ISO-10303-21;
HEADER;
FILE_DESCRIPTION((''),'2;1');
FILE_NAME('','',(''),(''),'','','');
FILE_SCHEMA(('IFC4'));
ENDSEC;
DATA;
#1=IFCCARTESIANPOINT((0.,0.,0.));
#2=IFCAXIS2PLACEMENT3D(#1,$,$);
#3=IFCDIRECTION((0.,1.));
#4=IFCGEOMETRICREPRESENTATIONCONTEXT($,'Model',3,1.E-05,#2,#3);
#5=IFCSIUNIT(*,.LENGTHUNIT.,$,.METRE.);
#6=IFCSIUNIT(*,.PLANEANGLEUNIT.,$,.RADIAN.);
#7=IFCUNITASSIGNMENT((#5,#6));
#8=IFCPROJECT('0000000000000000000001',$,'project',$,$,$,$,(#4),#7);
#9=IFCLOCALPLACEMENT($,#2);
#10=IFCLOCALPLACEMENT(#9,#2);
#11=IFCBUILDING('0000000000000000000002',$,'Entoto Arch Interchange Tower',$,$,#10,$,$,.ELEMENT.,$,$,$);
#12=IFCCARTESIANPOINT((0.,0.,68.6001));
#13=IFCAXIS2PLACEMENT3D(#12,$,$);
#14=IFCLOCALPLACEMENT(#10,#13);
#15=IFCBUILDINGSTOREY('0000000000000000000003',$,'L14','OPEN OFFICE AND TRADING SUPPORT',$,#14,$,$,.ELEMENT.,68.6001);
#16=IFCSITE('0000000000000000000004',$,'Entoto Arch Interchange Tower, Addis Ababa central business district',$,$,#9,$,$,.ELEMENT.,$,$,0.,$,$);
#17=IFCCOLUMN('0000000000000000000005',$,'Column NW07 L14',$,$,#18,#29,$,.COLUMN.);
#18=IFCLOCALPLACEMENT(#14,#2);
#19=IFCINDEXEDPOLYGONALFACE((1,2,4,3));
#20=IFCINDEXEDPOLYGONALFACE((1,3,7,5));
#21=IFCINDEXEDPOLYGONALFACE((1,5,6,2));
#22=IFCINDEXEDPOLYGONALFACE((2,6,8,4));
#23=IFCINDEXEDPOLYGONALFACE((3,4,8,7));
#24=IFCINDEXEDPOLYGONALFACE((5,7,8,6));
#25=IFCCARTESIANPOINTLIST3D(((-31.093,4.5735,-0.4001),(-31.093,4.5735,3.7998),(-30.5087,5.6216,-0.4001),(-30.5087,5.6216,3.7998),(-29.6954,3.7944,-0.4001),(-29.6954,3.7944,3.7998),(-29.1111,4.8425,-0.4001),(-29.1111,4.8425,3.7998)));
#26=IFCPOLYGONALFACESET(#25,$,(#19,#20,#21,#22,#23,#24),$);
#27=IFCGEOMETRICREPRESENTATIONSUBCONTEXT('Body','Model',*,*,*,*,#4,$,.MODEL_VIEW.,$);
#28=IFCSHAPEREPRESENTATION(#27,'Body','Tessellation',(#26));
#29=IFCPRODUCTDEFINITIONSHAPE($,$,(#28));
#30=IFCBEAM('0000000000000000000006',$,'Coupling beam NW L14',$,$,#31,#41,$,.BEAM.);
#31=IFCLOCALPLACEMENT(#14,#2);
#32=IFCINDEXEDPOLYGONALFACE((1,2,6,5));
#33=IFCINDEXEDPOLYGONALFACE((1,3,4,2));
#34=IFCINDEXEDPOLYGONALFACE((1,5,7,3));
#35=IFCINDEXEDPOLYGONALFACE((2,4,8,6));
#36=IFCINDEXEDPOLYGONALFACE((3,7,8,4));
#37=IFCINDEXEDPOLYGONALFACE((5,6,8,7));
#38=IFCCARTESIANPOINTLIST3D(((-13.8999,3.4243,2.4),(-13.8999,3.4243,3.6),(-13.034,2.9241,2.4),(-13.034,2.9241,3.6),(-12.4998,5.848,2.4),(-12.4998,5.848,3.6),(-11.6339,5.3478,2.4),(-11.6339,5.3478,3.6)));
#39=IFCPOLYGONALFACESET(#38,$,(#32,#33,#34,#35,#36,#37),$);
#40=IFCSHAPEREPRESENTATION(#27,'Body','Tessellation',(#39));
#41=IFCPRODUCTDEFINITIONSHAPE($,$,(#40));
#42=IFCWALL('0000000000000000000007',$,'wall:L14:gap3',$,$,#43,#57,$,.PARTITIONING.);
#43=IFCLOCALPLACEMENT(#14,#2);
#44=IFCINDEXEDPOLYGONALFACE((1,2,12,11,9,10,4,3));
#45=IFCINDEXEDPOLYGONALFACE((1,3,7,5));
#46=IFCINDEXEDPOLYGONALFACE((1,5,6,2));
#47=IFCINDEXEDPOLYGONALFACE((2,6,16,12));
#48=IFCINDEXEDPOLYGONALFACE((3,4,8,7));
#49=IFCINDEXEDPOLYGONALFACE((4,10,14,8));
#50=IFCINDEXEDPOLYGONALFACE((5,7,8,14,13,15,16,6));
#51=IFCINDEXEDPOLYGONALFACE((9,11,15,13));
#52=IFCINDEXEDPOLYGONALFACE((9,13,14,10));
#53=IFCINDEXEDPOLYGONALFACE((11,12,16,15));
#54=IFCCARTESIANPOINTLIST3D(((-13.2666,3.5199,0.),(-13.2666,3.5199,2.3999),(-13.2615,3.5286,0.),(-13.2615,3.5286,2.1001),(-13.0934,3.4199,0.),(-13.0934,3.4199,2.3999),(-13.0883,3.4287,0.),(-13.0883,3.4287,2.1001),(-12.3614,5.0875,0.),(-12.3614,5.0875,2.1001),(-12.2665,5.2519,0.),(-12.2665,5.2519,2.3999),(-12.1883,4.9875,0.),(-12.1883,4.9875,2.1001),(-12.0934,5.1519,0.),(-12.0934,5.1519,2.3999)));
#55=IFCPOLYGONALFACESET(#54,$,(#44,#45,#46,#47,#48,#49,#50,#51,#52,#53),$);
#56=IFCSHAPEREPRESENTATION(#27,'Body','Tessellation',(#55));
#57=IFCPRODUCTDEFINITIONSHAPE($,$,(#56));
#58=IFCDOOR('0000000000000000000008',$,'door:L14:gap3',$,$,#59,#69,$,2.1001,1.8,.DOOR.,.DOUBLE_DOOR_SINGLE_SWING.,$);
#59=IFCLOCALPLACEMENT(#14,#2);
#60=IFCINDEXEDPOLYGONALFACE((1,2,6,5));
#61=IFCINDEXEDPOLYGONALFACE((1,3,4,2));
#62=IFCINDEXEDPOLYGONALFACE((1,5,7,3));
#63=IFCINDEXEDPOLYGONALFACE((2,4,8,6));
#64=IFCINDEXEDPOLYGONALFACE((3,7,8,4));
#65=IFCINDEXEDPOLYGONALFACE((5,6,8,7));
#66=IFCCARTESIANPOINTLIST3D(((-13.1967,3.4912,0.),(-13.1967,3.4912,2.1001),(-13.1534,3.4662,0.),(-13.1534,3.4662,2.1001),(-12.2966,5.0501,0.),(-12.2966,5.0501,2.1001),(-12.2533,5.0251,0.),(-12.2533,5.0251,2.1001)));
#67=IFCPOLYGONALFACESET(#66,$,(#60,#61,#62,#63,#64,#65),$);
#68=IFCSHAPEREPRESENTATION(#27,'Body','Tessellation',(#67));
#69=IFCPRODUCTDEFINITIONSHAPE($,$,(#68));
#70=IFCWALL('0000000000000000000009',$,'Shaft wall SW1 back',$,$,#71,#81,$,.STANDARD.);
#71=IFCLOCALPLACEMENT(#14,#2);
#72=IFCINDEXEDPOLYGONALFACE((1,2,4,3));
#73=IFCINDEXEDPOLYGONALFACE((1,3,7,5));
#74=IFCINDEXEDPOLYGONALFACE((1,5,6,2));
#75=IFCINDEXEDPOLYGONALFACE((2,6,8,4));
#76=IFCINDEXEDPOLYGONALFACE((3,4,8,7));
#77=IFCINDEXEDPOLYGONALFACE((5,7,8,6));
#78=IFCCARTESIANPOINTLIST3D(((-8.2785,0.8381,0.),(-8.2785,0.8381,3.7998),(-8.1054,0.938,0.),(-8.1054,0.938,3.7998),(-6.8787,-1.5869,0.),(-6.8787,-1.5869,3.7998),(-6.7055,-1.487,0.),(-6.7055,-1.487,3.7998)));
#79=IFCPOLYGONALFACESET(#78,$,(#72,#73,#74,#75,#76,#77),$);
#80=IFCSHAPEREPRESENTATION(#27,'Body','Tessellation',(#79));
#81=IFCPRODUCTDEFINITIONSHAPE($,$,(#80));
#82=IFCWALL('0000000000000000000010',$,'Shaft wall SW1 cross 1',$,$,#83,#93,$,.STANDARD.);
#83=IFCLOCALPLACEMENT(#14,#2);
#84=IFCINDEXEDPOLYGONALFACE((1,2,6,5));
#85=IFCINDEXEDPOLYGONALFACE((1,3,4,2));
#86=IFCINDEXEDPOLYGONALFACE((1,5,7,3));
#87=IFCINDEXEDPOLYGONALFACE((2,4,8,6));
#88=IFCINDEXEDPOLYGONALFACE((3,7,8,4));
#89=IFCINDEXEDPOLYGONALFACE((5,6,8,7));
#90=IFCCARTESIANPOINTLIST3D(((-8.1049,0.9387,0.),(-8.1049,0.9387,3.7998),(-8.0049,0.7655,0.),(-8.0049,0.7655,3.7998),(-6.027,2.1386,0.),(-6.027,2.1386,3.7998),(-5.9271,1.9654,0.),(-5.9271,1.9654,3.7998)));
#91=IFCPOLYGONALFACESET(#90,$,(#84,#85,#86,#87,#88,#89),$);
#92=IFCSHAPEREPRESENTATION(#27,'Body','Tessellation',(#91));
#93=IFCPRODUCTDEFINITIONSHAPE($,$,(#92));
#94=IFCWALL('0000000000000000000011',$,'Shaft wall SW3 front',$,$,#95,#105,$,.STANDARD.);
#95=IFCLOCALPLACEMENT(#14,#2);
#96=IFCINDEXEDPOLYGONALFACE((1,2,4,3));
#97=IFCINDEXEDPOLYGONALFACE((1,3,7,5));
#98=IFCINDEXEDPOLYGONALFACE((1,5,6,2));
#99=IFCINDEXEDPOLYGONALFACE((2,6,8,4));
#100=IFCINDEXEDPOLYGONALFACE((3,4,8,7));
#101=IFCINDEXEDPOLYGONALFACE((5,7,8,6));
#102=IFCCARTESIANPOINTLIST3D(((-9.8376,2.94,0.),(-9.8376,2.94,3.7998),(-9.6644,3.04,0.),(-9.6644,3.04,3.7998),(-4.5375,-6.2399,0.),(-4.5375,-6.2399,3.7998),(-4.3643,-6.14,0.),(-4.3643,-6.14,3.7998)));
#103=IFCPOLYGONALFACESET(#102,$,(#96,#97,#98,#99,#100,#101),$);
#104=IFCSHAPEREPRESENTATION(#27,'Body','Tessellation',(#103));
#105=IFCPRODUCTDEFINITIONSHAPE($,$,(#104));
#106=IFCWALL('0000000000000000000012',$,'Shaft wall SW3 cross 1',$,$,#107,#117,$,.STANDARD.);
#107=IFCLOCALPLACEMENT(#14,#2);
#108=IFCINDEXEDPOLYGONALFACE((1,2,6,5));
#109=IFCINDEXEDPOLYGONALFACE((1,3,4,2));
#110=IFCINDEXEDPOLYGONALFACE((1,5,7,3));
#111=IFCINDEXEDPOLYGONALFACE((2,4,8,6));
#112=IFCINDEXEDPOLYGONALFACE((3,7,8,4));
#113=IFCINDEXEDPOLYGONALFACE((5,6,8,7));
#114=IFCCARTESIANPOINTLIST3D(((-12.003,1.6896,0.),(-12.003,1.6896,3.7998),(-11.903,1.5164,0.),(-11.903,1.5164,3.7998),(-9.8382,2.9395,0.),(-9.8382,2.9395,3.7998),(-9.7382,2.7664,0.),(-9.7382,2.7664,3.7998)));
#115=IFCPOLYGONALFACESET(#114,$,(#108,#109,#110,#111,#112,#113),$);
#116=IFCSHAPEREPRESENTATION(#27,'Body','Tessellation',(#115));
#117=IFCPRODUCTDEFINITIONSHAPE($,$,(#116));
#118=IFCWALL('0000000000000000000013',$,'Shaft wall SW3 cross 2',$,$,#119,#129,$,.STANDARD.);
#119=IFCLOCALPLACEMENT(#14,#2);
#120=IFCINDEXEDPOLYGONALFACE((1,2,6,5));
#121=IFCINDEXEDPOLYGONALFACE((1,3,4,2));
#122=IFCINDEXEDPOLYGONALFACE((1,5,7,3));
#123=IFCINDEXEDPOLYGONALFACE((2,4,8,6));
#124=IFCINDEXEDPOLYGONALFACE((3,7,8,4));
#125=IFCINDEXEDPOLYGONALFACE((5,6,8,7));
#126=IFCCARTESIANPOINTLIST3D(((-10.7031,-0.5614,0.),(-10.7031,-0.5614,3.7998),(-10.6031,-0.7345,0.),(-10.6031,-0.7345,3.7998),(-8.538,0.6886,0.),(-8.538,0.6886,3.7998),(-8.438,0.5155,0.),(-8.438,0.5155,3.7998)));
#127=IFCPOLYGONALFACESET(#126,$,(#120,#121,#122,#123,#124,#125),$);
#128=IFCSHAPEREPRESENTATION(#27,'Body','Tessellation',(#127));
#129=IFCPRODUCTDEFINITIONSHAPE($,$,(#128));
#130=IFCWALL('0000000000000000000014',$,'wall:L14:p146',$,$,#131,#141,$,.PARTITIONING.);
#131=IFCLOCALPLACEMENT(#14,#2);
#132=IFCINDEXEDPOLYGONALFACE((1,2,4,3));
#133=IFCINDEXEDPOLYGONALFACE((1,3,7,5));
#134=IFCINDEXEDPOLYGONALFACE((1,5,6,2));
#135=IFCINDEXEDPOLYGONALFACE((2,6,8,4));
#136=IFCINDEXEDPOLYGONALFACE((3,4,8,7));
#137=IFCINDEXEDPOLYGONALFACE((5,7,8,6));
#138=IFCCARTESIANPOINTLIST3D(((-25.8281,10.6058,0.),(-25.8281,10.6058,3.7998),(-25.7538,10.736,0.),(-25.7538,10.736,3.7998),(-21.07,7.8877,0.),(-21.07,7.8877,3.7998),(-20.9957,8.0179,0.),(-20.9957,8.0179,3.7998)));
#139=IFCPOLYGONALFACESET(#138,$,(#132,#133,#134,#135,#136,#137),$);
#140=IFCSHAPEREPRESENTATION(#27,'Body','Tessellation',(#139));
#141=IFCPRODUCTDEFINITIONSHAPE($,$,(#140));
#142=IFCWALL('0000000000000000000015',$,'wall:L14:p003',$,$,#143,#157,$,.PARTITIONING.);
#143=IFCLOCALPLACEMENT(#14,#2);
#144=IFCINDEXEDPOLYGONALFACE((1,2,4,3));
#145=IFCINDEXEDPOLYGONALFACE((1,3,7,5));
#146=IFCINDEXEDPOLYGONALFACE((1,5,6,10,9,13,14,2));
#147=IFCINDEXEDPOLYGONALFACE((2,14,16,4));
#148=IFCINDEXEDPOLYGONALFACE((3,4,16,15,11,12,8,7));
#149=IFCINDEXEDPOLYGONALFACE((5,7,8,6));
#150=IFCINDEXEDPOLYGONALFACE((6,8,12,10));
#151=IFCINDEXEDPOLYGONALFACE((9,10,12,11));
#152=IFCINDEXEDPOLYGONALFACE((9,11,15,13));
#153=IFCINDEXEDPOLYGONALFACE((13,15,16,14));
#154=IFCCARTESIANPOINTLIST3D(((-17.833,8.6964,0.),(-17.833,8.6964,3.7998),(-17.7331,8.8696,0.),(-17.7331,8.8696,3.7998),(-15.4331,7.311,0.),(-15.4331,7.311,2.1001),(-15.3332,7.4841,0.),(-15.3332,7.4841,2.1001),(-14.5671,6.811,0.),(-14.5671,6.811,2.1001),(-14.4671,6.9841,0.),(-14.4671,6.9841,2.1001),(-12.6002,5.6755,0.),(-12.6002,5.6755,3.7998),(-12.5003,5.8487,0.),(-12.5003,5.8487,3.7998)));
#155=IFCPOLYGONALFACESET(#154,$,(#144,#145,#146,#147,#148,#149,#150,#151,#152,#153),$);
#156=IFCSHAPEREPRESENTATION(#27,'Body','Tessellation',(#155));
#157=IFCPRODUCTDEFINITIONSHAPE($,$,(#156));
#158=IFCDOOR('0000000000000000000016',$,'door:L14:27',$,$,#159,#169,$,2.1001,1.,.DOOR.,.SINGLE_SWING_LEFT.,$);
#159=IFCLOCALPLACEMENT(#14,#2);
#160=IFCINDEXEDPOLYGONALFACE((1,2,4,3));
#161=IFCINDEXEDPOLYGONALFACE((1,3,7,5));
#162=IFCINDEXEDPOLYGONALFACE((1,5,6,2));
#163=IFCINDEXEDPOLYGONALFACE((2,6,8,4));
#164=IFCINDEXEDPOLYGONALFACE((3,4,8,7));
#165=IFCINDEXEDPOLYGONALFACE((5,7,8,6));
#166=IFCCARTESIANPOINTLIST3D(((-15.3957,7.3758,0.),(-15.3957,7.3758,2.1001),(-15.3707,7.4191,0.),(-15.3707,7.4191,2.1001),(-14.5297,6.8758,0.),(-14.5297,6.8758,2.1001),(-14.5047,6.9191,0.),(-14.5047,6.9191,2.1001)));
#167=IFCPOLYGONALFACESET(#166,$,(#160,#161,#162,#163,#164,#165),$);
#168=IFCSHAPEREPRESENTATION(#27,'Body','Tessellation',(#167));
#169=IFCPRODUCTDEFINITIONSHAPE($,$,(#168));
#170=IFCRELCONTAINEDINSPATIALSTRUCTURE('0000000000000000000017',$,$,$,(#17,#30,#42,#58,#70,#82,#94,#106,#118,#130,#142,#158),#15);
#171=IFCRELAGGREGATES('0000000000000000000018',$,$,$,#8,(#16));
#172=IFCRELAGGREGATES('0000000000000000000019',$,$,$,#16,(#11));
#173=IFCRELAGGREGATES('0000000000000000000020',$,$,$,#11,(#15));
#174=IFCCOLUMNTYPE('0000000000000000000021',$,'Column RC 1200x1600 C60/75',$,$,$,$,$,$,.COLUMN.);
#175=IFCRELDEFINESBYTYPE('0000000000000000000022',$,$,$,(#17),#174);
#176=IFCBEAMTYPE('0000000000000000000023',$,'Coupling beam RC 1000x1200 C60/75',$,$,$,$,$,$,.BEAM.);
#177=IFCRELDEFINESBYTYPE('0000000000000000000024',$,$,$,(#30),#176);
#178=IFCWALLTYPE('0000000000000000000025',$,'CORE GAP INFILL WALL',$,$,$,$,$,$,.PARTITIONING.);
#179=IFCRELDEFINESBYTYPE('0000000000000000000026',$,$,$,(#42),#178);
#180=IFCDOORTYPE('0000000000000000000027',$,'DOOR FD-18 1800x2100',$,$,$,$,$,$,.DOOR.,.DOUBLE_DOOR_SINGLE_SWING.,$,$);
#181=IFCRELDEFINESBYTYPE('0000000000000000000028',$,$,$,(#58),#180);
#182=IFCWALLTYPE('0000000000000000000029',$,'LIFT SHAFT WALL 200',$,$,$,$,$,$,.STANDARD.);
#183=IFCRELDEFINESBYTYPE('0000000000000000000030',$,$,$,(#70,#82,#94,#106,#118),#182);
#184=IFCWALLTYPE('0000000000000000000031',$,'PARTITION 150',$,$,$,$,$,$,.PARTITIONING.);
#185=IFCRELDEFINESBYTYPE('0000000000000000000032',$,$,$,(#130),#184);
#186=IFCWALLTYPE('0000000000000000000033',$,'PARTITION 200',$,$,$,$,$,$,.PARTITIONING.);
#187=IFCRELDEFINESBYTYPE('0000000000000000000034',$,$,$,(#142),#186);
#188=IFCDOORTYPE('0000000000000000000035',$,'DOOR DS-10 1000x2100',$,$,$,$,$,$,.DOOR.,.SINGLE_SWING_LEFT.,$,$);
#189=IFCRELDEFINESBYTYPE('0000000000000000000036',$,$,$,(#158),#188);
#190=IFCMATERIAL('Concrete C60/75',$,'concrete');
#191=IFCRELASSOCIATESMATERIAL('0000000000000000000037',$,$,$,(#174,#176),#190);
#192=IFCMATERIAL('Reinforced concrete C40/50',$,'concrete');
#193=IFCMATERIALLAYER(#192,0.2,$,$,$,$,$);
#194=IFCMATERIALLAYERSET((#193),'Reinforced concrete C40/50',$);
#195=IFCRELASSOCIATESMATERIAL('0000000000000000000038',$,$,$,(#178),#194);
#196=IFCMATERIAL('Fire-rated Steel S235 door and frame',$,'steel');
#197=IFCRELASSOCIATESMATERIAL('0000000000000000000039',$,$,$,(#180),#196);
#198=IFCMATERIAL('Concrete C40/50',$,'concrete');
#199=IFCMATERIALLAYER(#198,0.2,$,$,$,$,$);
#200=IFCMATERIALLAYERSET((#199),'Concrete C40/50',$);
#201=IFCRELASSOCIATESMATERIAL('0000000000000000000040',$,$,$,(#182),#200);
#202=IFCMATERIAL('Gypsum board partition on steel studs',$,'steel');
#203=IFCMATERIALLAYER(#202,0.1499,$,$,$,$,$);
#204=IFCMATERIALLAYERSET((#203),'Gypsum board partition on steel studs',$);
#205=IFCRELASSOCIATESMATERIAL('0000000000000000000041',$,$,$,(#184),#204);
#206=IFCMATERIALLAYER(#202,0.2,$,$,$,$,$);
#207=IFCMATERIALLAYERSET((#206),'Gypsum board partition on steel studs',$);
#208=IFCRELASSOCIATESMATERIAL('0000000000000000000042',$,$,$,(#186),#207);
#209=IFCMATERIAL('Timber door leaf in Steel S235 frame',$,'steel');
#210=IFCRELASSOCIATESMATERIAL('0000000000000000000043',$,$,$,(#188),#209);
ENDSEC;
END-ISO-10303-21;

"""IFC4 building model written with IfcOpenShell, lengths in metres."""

from ifc_helpers import new_model, si_unit, direction, frame, frame_2d, origin, origin_2d, place, context, subcontext, project, spatial, rectangle, extrude, material, layer, layer_set, material_profile, profile_set, type_object, element, fill, save


model = new_model("IFC4")

# Units and contexts
model_context = context("Model", 3, precision=1e-05, world=origin(), true_north=direction((0.0, 1.0)))
body_context = subcontext(model_context, "Body", "Model", "MODEL_VIEW")
ifc_project = project(units=[si_unit("LENGTHUNIT", "METRE"), si_unit("PLANEANGLEUNIT", "RADIAN")], contexts=[model_context])

# Site, building, storey
site_placement = place(None, origin())
site = spatial("IfcSite", under=ifc_project, at=site_placement, Name="Entoto Arch Interchange Tower, Addis Ababa central business district", CompositionType="ELEMENT", RefElevation=0.0)
building_placement = place(site_placement, origin())
building = spatial("IfcBuilding", under=site, at=building_placement, Name="Entoto Arch Interchange Tower", CompositionType="ELEMENT")
storey_placement = place(building_placement, frame((0.0, 0.0, 68.6001)))
storey = spatial("IfcBuildingStorey", under=building, at=storey_placement, Name="L14", Description="OPEN OFFICE AND TRADING SUPPORT", CompositionType="ELEMENT", Elevation=68.6001)

# Column
ifc_material_1 = material(Name="Concrete C60/75", Category="concrete")
ifc_material_profile_1 = material_profile(ifc_material_1, rectangle(XDim=1.2, YDim=1.6001, at=origin_2d()))
ifc_profile_set_1 = profile_set([ifc_material_profile_1], Name="Concrete C60/75")
column_type = type_object("IfcColumnType", Name="Column RC 1200x1600 C60/75", PredefinedType="COLUMN", material=ifc_profile_set_1)
column_placement = place(storey_placement, frame((-30.1021, 4.708, -0.4001), z_axis=(0.0, 0.0, 1.0), x_axis=(0.486915, 0.873449, 0.0)))
element("IfcColumn", 1, at=column_placement, inside=storey, type_object=column_type, Name="Column NW07 L14", PredefinedType="COLUMN", context=body_context, shape_type="SweptSolid", body=[
    extrude(rectangle(XDim=1.2, YDim=1.6001, at=origin_2d()), origin(), (0.0, 0.0, 1.0), 4.2),
])

# Beam
ifc_material_profile_2 = material_profile(ifc_material_1, rectangle(XDim=1.0, YDim=1.2, at=origin_2d()))
ifc_profile_set_2 = profile_set([ifc_material_profile_2], Name="Concrete C60/75")
beam_type = type_object("IfcBeamType", Name="Coupling beam RC 1000x1200 C60/75", PredefinedType="BEAM", material=ifc_profile_set_2)
beam_placement = place(storey_placement, frame((-12.0669, 5.5979, 3.0), z_axis=(-0.500201, -0.86591, 0.0), x_axis=(0.86591, -0.500201, 0.0)))
element("IfcBeam", 2, at=beam_placement, inside=storey, type_object=beam_type, Name="Coupling beam NW L14", PredefinedType="BEAM", context=body_context, shape_type="SweptSolid", body=[
    extrude(rectangle(XDim=1.0, YDim=1.2, at=origin_2d()), origin(), (0.0, 0.0, 1.0), 2.7991),
])

# Wall, opening, door
ifc_material_2 = material(Name="Reinforced concrete C40/50", Category="concrete")
ifc_layer_1 = layer(ifc_material_2, 0.2)
ifc_layer_set_1 = layer_set([ifc_layer_1], Name="Reinforced concrete C40/50")
wall_type_1 = type_object("IfcWallType", Name="CORE GAP INFILL WALL", PredefinedType="PARTITIONING", material=ifc_layer_set_1)
wall_1_placement = place(storey_placement, frame((-12.1799, 5.2019, 0.0), z_axis=(0.0, 0.0, 1.0), x_axis=(-0.500025, -0.866011, 0.0)))
wall_1 = element("IfcWall", 3, at=wall_1_placement, inside=storey, type_object=wall_type_1, Name="wall:L14:gap3", PredefinedType="PARTITIONING", context=body_context, shape_type="SweptSolid", body=[
    extrude(rectangle(XDim=2.0, YDim=0.2, at=frame_2d((1.0, 0.0))), origin(), (0.0, 0.0, 1.0), 2.3999),
])
opening_1_placement = place(wall_1_placement, frame((0.1899, 0.0, 0.0)))
opening_1 = element("IfcOpeningElement", 4, at=opening_1_placement, cuts=wall_1, PredefinedType="OPENING", context=body_context, shape_type="SweptSolid", body=[
    extrude(rectangle(XDim=1.8, YDim=2.1001, at=frame_2d((0.8999, 1.05))), frame((0.0, 0.1099, 0.0), z_axis=(0.0, -1.0, 0.0), x_axis=(1.0, 0.0, 0.0)), (0.0, 0.0, 1.0), 0.22),
])
ifc_material_3 = material(Name="Fire-rated Steel S235 door and frame", Category="steel")
door_type_1 = type_object("IfcDoorType", Name="DOOR FD-18 1800x2100", OperationType="DOUBLE_DOOR_SINGLE_SWING", PredefinedType="DOOR", material=ifc_material_3)
door_1_placement = place(opening_1_placement, origin())
door_1 = element("IfcDoor", 5, at=door_1_placement, inside=storey, type_object=door_type_1, Name="door:L14:gap3", OperationType="DOUBLE_DOOR_SINGLE_SWING", OverallHeight=2.1001, OverallWidth=1.8, PredefinedType="DOOR", context=body_context, shape_type="SweptSolid", body=[
    extrude(rectangle(XDim=1.8, YDim=2.1001, at=frame_2d((0.8999, 1.05))), frame((0.0, 0.0249, 0.0), z_axis=(0.0, -1.0, 0.0), x_axis=(1.0, 0.0, 0.0)), (0.0, 0.0, 1.0), 0.05),
])
fill(opening_1, door_1)

# Walls
ifc_material_4 = material(Name="Concrete C40/50", Category="concrete")
ifc_layer_2 = layer(ifc_material_4, 0.2)
ifc_layer_set_2 = layer_set([ifc_layer_2], Name="Concrete C40/50")
wall_type_2 = type_object("IfcWallType", Name="LIFT SHAFT WALL 200", PredefinedType="STANDARD", material=ifc_layer_set_2)
wall_2_placement = place(storey_placement, frame((-8.1919, 0.8879, 0.0), z_axis=(0.0, 0.0, 1.0), x_axis=(0.499946, -0.866056, 0.0)))
element("IfcWall", 6, at=wall_2_placement, inside=storey, type_object=wall_type_2, Name="Shaft wall SW1 back", PredefinedType="STANDARD", context=body_context, shape_type="SweptSolid", body=[
    extrude(rectangle(XDim=2.8, YDim=0.2, at=frame_2d((1.3999, 0.0))), origin(), (0.0, 0.0, 1.0), 3.7998),
])
wall_3_placement = place(storey_placement, frame((-5.9771, 2.052, 0.0), z_axis=(0.0, 0.0, 1.0), x_axis=(-0.865974, -0.500089, 0.0)))
element("IfcWall", 7, at=wall_3_placement, inside=storey, type_object=wall_type_2, Name="Shaft wall SW1 cross 1", PredefinedType="STANDARD", context=body_context, shape_type="SweptSolid", body=[
    extrude(rectangle(XDim=2.3994, YDim=0.2, at=frame_2d((1.1997, 0.0))), origin(), (0.0, 0.0, 1.0), 3.7998),
])
wall_4_placement = place(storey_placement, frame((-9.751, 2.99, 0.0), z_axis=(0.0, 0.0, 1.0), x_axis=(0.500001, -0.866025, 0.0)))
element("IfcWall", 8, at=wall_4_placement, inside=storey, type_object=wall_type_2, Name="Shaft wall SW3 front", PredefinedType="STANDARD", context=body_context, shape_type="SweptSolid", body=[
    extrude(rectangle(XDim=10.6001, YDim=0.2, at=frame_2d((5.3, 0.0))), origin(), (0.0, 0.0, 1.0), 3.7998),
])
wall_5_placement = place(storey_placement, frame((-9.7881, 2.853, 0.0), z_axis=(0.0, 0.0, 1.0), x_axis=(-0.865999, -0.500047, 0.0)))
element("IfcWall", 9, at=wall_5_placement, inside=storey, type_object=wall_type_2, Name="Shaft wall SW3 cross 1", PredefinedType="STANDARD", context=body_context, shape_type="SweptSolid", body=[
    extrude(rectangle(XDim=2.4998, YDim=0.2, at=frame_2d((1.25, 0.0))), origin(), (0.0, 0.0, 1.0), 3.7998),
])
wall_6_placement = place(storey_placement, frame((-8.488, 0.6021, 0.0), z_axis=(0.0, 0.0, 1.0), x_axis=(-0.866023, -0.500004, 0.0)))
element("IfcWall", 10, at=wall_6_placement, inside=storey, type_object=wall_type_2, Name="Shaft wall SW3 cross 2", PredefinedType="STANDARD", context=body_context, shape_type="SweptSolid", body=[
    extrude(rectangle(XDim=2.5, YDim=0.2, at=frame_2d((1.25, 0.0))), origin(), (0.0, 0.0, 1.0), 3.7998),
])
ifc_material_5 = material(Name="Gypsum board partition on steel studs", Category="steel")
ifc_layer_3 = layer(ifc_material_5, 0.1499)
ifc_layer_set_3 = layer_set([ifc_layer_3], Name="Gypsum board partition on steel studs")
wall_type_3 = type_object("IfcWallType", Name="PARTITION 150", PredefinedType="PARTITIONING", material=ifc_layer_set_3)
wall_7_placement = place(storey_placement, frame((-21.033, 7.9529, 0.0), z_axis=(0.0, 0.0, 1.0), x_axis=(-0.868312, 0.496019, 0.0)))
element("IfcWall", 11, at=wall_7_placement, inside=storey, type_object=wall_type_3, Name="wall:L14:p146", PredefinedType="PARTITIONING", context=body_context, shape_type="SweptSolid", body=[
    extrude(rectangle(XDim=5.4797, YDim=0.1499, at=frame_2d((2.7397, 0.0))), origin(), (0.0, 0.0, 1.0), 3.7998),
])

# Wall, opening, door
ifc_layer_4 = layer(ifc_material_5, 0.2)
ifc_layer_set_4 = layer_set([ifc_layer_4], Name="Gypsum board partition on steel studs")
wall_type_4 = type_object("IfcWallType", Name="PARTITION 200", PredefinedType="PARTITIONING", material=ifc_layer_set_4)
wall_8_placement = place(storey_placement, frame((-17.783, 8.783, 0.0), z_axis=(0.0, 0.0, 1.0), x_axis=(0.866042, -0.499972, 0.0)))
wall_8 = element("IfcWall", 12, at=wall_8_placement, inside=storey, type_object=wall_type_4, Name="wall:L14:p003", PredefinedType="PARTITIONING", context=body_context, shape_type="SweptSolid", body=[
    extrude(rectangle(XDim=6.0422, YDim=0.2, at=frame_2d((3.021, 0.0))), origin(), (0.0, 0.0, 1.0), 3.7998),
])
opening_2_placement = place(wall_8_placement, frame((2.771, 0.0, 0.0)))
opening_2 = element("IfcOpeningElement", 13, at=opening_2_placement, cuts=wall_8, PredefinedType="OPENING", context=body_context, shape_type="SweptSolid", body=[
    extrude(rectangle(XDim=1.0, YDim=2.1001, at=frame_2d((0.5, 1.05))), frame((0.0, 0.1099, 0.0), z_axis=(0.0, -1.0, 0.0), x_axis=(1.0, 0.0, 0.0)), (0.0, 0.0, 1.0), 0.22),
])
ifc_material_6 = material(Name="Timber door leaf in Steel S235 frame", Category="steel")
door_type_2 = type_object("IfcDoorType", Name="DOOR DS-10 1000x2100", OperationType="SINGLE_SWING_LEFT", PredefinedType="DOOR", material=ifc_material_6)
door_2_placement = place(opening_2_placement, origin())
door_2 = element("IfcDoor", 14, at=door_2_placement, inside=storey, type_object=door_type_2, Name="door:L14:27", OperationType="SINGLE_SWING_LEFT", OverallHeight=2.1001, OverallWidth=1.0, PredefinedType="DOOR", context=body_context, shape_type="SweptSolid", body=[
    extrude(rectangle(XDim=1.0, YDim=2.1001, at=frame_2d((0.5, 1.05))), frame((0.0, 0.0249, 0.0), z_axis=(0.0, -1.0, 0.0), x_axis=(1.0, 0.0, 0.0)), (0.0, 0.0, 1.0), 0.05),
])
fill(opening_2, door_2)

save(model, "model.ifc")
